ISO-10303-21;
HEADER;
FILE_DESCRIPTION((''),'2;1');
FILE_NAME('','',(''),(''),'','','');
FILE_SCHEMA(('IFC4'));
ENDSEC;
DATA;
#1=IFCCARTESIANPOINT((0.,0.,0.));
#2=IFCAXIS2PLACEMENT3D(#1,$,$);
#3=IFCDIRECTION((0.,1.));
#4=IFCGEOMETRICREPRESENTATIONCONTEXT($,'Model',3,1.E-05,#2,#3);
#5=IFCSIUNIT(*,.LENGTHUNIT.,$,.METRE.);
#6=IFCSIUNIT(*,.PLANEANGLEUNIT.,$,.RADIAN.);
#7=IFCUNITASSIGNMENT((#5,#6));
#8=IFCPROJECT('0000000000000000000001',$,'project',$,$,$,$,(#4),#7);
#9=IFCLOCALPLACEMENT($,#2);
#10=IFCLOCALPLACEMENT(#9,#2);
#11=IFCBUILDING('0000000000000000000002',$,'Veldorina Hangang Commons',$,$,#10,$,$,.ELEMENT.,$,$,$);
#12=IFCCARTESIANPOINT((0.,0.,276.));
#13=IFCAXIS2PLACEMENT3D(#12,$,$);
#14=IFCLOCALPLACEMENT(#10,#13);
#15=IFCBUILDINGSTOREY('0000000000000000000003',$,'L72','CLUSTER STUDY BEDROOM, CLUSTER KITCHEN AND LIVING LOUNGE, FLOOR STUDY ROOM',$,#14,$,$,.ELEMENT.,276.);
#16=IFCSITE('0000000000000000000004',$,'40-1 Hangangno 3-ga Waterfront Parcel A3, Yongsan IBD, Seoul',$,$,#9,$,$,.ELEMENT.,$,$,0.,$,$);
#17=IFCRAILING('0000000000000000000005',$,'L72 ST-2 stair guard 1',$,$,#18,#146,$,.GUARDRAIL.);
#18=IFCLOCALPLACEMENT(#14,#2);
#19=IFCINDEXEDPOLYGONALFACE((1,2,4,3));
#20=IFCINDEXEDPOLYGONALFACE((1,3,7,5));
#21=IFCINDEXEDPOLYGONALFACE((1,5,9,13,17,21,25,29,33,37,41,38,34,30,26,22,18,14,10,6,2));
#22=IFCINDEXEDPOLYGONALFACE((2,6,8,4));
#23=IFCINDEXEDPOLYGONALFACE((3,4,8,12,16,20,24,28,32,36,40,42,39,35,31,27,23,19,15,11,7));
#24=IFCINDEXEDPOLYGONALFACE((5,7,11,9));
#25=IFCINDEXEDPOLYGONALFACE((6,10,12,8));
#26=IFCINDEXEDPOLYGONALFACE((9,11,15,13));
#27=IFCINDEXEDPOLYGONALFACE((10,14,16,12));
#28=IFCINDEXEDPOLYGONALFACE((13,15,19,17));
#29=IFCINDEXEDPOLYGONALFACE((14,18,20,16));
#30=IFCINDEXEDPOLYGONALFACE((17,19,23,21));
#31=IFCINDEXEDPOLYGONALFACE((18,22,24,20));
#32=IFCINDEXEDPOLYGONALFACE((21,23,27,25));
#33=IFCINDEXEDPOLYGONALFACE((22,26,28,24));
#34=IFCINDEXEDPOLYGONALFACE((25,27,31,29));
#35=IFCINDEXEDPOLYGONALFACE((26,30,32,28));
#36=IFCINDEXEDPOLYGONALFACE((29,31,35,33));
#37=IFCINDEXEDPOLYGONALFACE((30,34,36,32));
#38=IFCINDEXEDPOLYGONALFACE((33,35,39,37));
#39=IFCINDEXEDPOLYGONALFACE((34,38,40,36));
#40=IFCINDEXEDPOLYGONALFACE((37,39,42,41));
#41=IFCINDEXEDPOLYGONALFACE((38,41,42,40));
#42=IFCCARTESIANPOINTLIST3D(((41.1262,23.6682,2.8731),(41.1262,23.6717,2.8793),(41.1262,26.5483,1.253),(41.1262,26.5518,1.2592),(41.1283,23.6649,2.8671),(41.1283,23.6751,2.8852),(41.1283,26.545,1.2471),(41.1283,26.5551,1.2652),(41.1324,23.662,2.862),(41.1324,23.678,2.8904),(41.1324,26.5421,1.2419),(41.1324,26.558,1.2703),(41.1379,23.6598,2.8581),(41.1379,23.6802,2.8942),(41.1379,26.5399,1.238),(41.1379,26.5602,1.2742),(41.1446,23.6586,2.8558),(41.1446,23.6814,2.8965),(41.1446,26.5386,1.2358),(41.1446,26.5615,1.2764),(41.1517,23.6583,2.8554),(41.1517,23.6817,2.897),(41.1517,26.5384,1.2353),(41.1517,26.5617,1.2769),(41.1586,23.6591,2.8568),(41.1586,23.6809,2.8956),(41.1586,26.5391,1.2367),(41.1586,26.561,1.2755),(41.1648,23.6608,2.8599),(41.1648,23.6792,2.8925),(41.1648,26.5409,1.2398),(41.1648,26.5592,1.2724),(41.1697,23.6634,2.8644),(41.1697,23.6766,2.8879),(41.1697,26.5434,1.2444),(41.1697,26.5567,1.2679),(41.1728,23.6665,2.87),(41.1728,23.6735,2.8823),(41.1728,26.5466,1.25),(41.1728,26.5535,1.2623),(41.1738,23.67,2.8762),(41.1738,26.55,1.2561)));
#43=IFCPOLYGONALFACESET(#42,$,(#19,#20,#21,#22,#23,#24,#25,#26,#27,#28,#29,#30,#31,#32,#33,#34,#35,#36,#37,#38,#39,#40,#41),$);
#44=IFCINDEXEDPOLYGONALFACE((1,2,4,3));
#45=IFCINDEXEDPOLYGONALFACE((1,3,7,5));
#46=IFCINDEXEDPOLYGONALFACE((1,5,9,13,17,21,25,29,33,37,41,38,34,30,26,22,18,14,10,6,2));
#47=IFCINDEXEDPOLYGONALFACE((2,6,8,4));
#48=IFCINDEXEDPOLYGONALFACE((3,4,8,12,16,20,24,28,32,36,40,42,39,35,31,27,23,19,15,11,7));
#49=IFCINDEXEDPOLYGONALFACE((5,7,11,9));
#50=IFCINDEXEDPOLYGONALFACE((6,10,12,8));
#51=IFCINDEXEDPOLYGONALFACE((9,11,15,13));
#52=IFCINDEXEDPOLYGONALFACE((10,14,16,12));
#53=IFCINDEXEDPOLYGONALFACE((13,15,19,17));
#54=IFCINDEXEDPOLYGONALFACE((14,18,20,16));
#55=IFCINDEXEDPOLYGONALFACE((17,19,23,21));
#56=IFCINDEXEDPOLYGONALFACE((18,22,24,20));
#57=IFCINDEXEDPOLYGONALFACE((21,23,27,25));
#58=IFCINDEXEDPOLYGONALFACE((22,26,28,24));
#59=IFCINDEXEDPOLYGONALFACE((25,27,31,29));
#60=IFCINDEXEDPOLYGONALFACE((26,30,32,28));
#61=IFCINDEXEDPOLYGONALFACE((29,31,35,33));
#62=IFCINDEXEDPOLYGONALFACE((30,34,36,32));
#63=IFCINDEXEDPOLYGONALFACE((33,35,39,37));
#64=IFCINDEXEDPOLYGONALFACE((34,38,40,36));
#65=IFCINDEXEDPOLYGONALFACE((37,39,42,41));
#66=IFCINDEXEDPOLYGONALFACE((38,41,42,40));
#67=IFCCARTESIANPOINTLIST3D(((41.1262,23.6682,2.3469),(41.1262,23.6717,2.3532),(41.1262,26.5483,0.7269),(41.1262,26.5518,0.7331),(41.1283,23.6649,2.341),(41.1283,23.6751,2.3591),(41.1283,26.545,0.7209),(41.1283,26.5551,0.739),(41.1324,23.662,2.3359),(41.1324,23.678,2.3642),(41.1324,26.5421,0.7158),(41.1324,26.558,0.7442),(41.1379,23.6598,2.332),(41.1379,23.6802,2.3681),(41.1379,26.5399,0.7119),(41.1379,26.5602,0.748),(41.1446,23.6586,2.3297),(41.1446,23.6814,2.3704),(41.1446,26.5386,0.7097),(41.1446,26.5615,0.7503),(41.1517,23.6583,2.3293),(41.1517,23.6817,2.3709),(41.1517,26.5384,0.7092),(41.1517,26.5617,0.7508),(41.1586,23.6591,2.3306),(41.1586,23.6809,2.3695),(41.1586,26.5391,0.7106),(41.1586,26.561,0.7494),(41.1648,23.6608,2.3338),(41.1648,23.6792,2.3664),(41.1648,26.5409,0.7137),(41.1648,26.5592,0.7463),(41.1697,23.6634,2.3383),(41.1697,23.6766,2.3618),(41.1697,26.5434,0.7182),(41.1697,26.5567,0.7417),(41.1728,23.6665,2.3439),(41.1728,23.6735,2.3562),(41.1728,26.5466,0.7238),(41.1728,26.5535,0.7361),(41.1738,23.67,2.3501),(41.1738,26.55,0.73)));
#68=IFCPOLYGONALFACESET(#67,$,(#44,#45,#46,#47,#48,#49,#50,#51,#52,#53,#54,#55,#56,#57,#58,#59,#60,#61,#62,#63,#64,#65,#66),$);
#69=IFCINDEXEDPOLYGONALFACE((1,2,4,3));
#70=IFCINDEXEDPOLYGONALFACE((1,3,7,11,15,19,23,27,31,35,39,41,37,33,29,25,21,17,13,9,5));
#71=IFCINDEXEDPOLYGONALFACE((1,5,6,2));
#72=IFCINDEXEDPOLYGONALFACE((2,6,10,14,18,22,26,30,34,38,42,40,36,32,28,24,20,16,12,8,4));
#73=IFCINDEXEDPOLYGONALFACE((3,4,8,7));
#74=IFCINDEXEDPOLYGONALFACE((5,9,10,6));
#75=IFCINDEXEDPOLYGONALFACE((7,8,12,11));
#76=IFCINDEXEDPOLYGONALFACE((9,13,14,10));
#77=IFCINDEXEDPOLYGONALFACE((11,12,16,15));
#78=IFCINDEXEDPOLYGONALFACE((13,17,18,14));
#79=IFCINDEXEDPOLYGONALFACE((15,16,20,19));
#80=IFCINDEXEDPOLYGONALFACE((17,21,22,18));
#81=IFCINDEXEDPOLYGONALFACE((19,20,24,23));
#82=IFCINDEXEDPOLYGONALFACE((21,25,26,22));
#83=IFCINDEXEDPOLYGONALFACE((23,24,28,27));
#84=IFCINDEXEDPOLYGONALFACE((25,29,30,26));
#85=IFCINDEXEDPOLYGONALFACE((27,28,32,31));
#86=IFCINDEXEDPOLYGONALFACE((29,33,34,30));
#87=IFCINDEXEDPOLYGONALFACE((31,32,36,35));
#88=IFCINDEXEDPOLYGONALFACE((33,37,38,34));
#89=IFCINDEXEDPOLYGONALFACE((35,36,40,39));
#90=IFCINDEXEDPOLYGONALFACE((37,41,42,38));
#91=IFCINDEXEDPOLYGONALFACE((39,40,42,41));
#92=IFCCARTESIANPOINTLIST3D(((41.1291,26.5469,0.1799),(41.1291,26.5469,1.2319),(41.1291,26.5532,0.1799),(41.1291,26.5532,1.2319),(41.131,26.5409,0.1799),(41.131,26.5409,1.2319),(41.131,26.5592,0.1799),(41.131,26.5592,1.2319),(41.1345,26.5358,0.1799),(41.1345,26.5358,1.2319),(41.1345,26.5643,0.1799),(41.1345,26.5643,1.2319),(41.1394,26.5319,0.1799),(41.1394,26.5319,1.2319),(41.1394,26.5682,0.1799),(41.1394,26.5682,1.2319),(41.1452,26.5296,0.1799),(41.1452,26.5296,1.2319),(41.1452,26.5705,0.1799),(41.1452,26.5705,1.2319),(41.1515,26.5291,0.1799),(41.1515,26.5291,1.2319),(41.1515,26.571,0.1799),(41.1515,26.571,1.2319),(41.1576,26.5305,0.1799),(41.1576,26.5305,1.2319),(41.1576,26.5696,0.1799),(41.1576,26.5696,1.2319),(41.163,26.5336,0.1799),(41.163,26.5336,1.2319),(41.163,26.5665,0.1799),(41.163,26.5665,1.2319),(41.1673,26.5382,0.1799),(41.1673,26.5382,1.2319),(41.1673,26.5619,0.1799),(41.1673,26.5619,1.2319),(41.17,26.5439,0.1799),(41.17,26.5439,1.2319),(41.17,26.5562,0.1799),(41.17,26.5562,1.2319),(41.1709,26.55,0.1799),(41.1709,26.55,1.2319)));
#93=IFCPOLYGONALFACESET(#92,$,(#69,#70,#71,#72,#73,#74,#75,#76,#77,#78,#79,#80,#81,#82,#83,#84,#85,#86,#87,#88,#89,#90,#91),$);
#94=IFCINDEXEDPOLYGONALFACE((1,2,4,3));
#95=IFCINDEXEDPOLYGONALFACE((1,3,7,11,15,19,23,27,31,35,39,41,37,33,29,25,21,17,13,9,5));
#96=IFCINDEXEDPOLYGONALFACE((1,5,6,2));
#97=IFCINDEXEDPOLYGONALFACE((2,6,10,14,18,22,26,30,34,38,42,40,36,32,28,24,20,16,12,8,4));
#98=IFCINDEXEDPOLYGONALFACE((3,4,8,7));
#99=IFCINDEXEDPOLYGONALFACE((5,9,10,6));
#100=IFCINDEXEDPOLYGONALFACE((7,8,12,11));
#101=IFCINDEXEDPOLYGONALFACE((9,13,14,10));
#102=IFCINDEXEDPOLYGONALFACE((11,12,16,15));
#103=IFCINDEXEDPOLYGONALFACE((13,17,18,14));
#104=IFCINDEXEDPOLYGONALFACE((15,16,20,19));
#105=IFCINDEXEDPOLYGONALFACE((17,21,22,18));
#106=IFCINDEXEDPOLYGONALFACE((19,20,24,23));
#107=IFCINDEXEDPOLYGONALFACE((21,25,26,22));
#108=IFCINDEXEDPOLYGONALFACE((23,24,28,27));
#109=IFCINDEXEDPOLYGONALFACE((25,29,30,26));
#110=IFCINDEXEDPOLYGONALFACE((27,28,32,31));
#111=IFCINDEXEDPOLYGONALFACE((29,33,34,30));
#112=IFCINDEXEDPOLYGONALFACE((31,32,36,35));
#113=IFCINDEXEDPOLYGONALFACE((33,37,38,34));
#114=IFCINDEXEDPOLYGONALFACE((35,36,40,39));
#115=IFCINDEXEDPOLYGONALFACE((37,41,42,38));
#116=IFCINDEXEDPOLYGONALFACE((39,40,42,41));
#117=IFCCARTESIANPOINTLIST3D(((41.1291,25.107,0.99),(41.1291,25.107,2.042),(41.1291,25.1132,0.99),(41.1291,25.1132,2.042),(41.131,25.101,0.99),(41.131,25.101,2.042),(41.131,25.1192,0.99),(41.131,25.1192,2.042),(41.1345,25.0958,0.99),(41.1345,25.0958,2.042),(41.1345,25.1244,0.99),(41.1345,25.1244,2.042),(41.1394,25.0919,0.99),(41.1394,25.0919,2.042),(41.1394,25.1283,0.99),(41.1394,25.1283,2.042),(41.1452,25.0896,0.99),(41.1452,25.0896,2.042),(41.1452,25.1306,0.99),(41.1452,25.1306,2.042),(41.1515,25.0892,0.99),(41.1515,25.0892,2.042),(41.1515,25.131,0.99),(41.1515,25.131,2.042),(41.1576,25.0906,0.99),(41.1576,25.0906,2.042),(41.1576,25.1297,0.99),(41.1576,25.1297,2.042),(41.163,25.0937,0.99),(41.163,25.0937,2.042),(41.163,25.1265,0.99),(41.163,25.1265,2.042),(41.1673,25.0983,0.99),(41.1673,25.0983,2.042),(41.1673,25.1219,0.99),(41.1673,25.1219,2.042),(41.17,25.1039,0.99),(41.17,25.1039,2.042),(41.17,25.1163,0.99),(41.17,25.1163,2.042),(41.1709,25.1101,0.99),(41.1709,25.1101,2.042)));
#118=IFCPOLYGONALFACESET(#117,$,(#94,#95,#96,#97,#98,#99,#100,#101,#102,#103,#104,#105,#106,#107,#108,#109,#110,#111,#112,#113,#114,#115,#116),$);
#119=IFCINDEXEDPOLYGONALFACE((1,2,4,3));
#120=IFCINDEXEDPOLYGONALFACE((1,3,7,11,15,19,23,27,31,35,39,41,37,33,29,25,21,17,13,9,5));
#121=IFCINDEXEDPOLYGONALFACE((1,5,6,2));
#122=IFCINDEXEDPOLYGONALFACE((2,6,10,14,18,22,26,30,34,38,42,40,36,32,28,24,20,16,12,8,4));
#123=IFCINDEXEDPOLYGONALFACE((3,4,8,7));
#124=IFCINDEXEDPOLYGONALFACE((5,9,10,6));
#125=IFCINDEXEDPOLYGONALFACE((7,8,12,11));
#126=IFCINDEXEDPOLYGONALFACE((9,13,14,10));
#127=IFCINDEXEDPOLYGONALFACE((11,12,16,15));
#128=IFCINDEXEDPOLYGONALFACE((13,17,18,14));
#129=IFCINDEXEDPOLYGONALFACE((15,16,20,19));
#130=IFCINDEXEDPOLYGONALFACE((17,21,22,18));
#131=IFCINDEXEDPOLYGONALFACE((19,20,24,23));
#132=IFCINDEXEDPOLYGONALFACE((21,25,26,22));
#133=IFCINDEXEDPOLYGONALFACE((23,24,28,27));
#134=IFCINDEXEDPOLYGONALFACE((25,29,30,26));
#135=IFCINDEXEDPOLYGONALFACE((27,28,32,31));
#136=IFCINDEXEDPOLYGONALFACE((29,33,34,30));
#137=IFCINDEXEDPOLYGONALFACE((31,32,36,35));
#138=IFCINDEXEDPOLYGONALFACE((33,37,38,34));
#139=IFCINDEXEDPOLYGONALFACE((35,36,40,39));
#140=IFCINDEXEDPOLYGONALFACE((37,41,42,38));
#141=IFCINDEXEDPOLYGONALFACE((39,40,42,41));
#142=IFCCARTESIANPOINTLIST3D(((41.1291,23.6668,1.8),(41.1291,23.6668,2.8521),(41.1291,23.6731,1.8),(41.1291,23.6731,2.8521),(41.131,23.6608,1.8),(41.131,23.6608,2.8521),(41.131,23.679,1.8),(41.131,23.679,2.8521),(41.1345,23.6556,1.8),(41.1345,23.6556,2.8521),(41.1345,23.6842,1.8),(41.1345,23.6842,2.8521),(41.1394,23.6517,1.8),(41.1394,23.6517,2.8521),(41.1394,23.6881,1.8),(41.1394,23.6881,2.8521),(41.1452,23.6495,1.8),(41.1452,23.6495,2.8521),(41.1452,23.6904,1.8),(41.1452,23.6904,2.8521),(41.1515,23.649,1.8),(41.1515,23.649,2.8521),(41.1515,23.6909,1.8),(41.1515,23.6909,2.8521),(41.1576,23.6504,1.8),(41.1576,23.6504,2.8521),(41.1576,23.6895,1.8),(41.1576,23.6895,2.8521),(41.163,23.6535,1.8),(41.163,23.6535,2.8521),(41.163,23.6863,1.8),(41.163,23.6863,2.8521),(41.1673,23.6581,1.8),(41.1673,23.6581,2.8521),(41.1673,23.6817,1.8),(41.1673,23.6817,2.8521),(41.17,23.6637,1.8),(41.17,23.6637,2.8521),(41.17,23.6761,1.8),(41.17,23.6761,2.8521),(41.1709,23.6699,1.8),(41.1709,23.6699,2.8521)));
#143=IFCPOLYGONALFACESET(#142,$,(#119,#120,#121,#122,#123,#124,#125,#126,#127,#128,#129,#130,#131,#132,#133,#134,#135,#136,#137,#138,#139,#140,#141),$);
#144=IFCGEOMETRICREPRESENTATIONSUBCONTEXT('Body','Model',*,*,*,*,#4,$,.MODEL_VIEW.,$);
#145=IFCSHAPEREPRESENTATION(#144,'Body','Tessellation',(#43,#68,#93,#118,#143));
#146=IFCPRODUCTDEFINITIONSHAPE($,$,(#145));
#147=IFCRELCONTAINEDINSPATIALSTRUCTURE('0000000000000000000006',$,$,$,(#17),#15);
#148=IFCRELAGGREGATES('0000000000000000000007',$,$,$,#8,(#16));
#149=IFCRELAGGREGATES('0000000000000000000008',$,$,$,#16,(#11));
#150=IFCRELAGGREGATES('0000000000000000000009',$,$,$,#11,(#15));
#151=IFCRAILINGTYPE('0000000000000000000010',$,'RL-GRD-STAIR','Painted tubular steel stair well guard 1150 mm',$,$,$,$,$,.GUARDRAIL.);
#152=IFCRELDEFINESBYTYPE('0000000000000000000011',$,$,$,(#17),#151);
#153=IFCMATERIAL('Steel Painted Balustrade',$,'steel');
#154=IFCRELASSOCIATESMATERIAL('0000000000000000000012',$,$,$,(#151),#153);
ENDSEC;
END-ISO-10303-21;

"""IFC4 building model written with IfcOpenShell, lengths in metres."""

from ifc_helpers import new_model, si_unit, direction, frame, origin, origin_2d, place, context, subcontext, project, spatial, circle, extrude, material, type_object, element, save


model = new_model("IFC4")

# Units and contexts
model_context = context("Model", 3, precision=1e-05, world=origin(), true_north=direction((0.0, 1.0)))
body_context = subcontext(model_context, "Body", "Model", "MODEL_VIEW")
ifc_project = project(units=[si_unit("LENGTHUNIT", "METRE"), si_unit("PLANEANGLEUNIT", "RADIAN")], contexts=[model_context])

# Site, building, storey
site_placement = place(None, origin())
site = spatial("IfcSite", under=ifc_project, at=site_placement, Name="40-1 Hangangno 3-ga Waterfront Parcel A3, Yongsan IBD, Seoul", CompositionType="ELEMENT", RefElevation=0.0)
building_placement = place(site_placement, origin())
building = spatial("IfcBuilding", under=site, at=building_placement, Name="Veldorina Hangang Commons", CompositionType="ELEMENT")
storey_placement = place(building_placement, frame((0.0, 0.0, 276.0)))
storey = spatial("IfcBuildingStorey", under=building, at=storey_placement, Name="L72", Description="CLUSTER STUDY BEDROOM, CLUSTER KITCHEN AND LIVING LOUNGE, FLOOR STUDY ROOM", CompositionType="ELEMENT", Elevation=276.0)

# Railing
ifc_material_1 = material(Name="Steel Painted Balustrade", Category="steel")
railing_type_1 = type_object("IfcRailingType", Name="RL-GRD-STAIR", Description="Painted tubular steel stair well guard 1150 mm", PredefinedType="GUARDRAIL", material=ifc_material_1)
railing_1_placement = place(storey_placement, frame((41.1499, 26.55, 0.1799)))
element("IfcRailing", 1, at=railing_1_placement, inside=storey, type_object=railing_type_1, Name="L72 ST-2 stair guard 1", PredefinedType="GUARDRAIL", context=body_context, shape_type="SweptSolid", body=[
    extrude(circle(Radius=0.0239, at=origin_2d()), frame((0.0, 0.0, 1.0762), z_axis=(0.0, -0.87157, 0.490272), x_axis=(1.0, 0.0, 0.0)), (0.0, 0.0, 1.0), 3.3044),
    extrude(circle(Radius=0.0239, at=origin_2d()), frame((0.0, 0.0, 0.55), z_axis=(0.0, -0.87157, 0.490272), x_axis=(1.0, 0.0, 0.0)), (0.0, 0.0, 1.0), 3.3044),
    extrude(circle(Radius=0.021, at=origin_2d()), origin(), (0.0, 0.0, 1.0), 1.052),
    extrude(circle(Radius=0.021, at=origin_2d()), frame((0.0, -1.4399, 0.8101)), (0.0, 0.0, 1.0), 1.052),
    extrude(circle(Radius=0.021, at=origin_2d()), frame((0.0, -2.8801, 1.6201)), (0.0, 0.0, 1.0), 1.052),
])

save(model, "model.ifc")
